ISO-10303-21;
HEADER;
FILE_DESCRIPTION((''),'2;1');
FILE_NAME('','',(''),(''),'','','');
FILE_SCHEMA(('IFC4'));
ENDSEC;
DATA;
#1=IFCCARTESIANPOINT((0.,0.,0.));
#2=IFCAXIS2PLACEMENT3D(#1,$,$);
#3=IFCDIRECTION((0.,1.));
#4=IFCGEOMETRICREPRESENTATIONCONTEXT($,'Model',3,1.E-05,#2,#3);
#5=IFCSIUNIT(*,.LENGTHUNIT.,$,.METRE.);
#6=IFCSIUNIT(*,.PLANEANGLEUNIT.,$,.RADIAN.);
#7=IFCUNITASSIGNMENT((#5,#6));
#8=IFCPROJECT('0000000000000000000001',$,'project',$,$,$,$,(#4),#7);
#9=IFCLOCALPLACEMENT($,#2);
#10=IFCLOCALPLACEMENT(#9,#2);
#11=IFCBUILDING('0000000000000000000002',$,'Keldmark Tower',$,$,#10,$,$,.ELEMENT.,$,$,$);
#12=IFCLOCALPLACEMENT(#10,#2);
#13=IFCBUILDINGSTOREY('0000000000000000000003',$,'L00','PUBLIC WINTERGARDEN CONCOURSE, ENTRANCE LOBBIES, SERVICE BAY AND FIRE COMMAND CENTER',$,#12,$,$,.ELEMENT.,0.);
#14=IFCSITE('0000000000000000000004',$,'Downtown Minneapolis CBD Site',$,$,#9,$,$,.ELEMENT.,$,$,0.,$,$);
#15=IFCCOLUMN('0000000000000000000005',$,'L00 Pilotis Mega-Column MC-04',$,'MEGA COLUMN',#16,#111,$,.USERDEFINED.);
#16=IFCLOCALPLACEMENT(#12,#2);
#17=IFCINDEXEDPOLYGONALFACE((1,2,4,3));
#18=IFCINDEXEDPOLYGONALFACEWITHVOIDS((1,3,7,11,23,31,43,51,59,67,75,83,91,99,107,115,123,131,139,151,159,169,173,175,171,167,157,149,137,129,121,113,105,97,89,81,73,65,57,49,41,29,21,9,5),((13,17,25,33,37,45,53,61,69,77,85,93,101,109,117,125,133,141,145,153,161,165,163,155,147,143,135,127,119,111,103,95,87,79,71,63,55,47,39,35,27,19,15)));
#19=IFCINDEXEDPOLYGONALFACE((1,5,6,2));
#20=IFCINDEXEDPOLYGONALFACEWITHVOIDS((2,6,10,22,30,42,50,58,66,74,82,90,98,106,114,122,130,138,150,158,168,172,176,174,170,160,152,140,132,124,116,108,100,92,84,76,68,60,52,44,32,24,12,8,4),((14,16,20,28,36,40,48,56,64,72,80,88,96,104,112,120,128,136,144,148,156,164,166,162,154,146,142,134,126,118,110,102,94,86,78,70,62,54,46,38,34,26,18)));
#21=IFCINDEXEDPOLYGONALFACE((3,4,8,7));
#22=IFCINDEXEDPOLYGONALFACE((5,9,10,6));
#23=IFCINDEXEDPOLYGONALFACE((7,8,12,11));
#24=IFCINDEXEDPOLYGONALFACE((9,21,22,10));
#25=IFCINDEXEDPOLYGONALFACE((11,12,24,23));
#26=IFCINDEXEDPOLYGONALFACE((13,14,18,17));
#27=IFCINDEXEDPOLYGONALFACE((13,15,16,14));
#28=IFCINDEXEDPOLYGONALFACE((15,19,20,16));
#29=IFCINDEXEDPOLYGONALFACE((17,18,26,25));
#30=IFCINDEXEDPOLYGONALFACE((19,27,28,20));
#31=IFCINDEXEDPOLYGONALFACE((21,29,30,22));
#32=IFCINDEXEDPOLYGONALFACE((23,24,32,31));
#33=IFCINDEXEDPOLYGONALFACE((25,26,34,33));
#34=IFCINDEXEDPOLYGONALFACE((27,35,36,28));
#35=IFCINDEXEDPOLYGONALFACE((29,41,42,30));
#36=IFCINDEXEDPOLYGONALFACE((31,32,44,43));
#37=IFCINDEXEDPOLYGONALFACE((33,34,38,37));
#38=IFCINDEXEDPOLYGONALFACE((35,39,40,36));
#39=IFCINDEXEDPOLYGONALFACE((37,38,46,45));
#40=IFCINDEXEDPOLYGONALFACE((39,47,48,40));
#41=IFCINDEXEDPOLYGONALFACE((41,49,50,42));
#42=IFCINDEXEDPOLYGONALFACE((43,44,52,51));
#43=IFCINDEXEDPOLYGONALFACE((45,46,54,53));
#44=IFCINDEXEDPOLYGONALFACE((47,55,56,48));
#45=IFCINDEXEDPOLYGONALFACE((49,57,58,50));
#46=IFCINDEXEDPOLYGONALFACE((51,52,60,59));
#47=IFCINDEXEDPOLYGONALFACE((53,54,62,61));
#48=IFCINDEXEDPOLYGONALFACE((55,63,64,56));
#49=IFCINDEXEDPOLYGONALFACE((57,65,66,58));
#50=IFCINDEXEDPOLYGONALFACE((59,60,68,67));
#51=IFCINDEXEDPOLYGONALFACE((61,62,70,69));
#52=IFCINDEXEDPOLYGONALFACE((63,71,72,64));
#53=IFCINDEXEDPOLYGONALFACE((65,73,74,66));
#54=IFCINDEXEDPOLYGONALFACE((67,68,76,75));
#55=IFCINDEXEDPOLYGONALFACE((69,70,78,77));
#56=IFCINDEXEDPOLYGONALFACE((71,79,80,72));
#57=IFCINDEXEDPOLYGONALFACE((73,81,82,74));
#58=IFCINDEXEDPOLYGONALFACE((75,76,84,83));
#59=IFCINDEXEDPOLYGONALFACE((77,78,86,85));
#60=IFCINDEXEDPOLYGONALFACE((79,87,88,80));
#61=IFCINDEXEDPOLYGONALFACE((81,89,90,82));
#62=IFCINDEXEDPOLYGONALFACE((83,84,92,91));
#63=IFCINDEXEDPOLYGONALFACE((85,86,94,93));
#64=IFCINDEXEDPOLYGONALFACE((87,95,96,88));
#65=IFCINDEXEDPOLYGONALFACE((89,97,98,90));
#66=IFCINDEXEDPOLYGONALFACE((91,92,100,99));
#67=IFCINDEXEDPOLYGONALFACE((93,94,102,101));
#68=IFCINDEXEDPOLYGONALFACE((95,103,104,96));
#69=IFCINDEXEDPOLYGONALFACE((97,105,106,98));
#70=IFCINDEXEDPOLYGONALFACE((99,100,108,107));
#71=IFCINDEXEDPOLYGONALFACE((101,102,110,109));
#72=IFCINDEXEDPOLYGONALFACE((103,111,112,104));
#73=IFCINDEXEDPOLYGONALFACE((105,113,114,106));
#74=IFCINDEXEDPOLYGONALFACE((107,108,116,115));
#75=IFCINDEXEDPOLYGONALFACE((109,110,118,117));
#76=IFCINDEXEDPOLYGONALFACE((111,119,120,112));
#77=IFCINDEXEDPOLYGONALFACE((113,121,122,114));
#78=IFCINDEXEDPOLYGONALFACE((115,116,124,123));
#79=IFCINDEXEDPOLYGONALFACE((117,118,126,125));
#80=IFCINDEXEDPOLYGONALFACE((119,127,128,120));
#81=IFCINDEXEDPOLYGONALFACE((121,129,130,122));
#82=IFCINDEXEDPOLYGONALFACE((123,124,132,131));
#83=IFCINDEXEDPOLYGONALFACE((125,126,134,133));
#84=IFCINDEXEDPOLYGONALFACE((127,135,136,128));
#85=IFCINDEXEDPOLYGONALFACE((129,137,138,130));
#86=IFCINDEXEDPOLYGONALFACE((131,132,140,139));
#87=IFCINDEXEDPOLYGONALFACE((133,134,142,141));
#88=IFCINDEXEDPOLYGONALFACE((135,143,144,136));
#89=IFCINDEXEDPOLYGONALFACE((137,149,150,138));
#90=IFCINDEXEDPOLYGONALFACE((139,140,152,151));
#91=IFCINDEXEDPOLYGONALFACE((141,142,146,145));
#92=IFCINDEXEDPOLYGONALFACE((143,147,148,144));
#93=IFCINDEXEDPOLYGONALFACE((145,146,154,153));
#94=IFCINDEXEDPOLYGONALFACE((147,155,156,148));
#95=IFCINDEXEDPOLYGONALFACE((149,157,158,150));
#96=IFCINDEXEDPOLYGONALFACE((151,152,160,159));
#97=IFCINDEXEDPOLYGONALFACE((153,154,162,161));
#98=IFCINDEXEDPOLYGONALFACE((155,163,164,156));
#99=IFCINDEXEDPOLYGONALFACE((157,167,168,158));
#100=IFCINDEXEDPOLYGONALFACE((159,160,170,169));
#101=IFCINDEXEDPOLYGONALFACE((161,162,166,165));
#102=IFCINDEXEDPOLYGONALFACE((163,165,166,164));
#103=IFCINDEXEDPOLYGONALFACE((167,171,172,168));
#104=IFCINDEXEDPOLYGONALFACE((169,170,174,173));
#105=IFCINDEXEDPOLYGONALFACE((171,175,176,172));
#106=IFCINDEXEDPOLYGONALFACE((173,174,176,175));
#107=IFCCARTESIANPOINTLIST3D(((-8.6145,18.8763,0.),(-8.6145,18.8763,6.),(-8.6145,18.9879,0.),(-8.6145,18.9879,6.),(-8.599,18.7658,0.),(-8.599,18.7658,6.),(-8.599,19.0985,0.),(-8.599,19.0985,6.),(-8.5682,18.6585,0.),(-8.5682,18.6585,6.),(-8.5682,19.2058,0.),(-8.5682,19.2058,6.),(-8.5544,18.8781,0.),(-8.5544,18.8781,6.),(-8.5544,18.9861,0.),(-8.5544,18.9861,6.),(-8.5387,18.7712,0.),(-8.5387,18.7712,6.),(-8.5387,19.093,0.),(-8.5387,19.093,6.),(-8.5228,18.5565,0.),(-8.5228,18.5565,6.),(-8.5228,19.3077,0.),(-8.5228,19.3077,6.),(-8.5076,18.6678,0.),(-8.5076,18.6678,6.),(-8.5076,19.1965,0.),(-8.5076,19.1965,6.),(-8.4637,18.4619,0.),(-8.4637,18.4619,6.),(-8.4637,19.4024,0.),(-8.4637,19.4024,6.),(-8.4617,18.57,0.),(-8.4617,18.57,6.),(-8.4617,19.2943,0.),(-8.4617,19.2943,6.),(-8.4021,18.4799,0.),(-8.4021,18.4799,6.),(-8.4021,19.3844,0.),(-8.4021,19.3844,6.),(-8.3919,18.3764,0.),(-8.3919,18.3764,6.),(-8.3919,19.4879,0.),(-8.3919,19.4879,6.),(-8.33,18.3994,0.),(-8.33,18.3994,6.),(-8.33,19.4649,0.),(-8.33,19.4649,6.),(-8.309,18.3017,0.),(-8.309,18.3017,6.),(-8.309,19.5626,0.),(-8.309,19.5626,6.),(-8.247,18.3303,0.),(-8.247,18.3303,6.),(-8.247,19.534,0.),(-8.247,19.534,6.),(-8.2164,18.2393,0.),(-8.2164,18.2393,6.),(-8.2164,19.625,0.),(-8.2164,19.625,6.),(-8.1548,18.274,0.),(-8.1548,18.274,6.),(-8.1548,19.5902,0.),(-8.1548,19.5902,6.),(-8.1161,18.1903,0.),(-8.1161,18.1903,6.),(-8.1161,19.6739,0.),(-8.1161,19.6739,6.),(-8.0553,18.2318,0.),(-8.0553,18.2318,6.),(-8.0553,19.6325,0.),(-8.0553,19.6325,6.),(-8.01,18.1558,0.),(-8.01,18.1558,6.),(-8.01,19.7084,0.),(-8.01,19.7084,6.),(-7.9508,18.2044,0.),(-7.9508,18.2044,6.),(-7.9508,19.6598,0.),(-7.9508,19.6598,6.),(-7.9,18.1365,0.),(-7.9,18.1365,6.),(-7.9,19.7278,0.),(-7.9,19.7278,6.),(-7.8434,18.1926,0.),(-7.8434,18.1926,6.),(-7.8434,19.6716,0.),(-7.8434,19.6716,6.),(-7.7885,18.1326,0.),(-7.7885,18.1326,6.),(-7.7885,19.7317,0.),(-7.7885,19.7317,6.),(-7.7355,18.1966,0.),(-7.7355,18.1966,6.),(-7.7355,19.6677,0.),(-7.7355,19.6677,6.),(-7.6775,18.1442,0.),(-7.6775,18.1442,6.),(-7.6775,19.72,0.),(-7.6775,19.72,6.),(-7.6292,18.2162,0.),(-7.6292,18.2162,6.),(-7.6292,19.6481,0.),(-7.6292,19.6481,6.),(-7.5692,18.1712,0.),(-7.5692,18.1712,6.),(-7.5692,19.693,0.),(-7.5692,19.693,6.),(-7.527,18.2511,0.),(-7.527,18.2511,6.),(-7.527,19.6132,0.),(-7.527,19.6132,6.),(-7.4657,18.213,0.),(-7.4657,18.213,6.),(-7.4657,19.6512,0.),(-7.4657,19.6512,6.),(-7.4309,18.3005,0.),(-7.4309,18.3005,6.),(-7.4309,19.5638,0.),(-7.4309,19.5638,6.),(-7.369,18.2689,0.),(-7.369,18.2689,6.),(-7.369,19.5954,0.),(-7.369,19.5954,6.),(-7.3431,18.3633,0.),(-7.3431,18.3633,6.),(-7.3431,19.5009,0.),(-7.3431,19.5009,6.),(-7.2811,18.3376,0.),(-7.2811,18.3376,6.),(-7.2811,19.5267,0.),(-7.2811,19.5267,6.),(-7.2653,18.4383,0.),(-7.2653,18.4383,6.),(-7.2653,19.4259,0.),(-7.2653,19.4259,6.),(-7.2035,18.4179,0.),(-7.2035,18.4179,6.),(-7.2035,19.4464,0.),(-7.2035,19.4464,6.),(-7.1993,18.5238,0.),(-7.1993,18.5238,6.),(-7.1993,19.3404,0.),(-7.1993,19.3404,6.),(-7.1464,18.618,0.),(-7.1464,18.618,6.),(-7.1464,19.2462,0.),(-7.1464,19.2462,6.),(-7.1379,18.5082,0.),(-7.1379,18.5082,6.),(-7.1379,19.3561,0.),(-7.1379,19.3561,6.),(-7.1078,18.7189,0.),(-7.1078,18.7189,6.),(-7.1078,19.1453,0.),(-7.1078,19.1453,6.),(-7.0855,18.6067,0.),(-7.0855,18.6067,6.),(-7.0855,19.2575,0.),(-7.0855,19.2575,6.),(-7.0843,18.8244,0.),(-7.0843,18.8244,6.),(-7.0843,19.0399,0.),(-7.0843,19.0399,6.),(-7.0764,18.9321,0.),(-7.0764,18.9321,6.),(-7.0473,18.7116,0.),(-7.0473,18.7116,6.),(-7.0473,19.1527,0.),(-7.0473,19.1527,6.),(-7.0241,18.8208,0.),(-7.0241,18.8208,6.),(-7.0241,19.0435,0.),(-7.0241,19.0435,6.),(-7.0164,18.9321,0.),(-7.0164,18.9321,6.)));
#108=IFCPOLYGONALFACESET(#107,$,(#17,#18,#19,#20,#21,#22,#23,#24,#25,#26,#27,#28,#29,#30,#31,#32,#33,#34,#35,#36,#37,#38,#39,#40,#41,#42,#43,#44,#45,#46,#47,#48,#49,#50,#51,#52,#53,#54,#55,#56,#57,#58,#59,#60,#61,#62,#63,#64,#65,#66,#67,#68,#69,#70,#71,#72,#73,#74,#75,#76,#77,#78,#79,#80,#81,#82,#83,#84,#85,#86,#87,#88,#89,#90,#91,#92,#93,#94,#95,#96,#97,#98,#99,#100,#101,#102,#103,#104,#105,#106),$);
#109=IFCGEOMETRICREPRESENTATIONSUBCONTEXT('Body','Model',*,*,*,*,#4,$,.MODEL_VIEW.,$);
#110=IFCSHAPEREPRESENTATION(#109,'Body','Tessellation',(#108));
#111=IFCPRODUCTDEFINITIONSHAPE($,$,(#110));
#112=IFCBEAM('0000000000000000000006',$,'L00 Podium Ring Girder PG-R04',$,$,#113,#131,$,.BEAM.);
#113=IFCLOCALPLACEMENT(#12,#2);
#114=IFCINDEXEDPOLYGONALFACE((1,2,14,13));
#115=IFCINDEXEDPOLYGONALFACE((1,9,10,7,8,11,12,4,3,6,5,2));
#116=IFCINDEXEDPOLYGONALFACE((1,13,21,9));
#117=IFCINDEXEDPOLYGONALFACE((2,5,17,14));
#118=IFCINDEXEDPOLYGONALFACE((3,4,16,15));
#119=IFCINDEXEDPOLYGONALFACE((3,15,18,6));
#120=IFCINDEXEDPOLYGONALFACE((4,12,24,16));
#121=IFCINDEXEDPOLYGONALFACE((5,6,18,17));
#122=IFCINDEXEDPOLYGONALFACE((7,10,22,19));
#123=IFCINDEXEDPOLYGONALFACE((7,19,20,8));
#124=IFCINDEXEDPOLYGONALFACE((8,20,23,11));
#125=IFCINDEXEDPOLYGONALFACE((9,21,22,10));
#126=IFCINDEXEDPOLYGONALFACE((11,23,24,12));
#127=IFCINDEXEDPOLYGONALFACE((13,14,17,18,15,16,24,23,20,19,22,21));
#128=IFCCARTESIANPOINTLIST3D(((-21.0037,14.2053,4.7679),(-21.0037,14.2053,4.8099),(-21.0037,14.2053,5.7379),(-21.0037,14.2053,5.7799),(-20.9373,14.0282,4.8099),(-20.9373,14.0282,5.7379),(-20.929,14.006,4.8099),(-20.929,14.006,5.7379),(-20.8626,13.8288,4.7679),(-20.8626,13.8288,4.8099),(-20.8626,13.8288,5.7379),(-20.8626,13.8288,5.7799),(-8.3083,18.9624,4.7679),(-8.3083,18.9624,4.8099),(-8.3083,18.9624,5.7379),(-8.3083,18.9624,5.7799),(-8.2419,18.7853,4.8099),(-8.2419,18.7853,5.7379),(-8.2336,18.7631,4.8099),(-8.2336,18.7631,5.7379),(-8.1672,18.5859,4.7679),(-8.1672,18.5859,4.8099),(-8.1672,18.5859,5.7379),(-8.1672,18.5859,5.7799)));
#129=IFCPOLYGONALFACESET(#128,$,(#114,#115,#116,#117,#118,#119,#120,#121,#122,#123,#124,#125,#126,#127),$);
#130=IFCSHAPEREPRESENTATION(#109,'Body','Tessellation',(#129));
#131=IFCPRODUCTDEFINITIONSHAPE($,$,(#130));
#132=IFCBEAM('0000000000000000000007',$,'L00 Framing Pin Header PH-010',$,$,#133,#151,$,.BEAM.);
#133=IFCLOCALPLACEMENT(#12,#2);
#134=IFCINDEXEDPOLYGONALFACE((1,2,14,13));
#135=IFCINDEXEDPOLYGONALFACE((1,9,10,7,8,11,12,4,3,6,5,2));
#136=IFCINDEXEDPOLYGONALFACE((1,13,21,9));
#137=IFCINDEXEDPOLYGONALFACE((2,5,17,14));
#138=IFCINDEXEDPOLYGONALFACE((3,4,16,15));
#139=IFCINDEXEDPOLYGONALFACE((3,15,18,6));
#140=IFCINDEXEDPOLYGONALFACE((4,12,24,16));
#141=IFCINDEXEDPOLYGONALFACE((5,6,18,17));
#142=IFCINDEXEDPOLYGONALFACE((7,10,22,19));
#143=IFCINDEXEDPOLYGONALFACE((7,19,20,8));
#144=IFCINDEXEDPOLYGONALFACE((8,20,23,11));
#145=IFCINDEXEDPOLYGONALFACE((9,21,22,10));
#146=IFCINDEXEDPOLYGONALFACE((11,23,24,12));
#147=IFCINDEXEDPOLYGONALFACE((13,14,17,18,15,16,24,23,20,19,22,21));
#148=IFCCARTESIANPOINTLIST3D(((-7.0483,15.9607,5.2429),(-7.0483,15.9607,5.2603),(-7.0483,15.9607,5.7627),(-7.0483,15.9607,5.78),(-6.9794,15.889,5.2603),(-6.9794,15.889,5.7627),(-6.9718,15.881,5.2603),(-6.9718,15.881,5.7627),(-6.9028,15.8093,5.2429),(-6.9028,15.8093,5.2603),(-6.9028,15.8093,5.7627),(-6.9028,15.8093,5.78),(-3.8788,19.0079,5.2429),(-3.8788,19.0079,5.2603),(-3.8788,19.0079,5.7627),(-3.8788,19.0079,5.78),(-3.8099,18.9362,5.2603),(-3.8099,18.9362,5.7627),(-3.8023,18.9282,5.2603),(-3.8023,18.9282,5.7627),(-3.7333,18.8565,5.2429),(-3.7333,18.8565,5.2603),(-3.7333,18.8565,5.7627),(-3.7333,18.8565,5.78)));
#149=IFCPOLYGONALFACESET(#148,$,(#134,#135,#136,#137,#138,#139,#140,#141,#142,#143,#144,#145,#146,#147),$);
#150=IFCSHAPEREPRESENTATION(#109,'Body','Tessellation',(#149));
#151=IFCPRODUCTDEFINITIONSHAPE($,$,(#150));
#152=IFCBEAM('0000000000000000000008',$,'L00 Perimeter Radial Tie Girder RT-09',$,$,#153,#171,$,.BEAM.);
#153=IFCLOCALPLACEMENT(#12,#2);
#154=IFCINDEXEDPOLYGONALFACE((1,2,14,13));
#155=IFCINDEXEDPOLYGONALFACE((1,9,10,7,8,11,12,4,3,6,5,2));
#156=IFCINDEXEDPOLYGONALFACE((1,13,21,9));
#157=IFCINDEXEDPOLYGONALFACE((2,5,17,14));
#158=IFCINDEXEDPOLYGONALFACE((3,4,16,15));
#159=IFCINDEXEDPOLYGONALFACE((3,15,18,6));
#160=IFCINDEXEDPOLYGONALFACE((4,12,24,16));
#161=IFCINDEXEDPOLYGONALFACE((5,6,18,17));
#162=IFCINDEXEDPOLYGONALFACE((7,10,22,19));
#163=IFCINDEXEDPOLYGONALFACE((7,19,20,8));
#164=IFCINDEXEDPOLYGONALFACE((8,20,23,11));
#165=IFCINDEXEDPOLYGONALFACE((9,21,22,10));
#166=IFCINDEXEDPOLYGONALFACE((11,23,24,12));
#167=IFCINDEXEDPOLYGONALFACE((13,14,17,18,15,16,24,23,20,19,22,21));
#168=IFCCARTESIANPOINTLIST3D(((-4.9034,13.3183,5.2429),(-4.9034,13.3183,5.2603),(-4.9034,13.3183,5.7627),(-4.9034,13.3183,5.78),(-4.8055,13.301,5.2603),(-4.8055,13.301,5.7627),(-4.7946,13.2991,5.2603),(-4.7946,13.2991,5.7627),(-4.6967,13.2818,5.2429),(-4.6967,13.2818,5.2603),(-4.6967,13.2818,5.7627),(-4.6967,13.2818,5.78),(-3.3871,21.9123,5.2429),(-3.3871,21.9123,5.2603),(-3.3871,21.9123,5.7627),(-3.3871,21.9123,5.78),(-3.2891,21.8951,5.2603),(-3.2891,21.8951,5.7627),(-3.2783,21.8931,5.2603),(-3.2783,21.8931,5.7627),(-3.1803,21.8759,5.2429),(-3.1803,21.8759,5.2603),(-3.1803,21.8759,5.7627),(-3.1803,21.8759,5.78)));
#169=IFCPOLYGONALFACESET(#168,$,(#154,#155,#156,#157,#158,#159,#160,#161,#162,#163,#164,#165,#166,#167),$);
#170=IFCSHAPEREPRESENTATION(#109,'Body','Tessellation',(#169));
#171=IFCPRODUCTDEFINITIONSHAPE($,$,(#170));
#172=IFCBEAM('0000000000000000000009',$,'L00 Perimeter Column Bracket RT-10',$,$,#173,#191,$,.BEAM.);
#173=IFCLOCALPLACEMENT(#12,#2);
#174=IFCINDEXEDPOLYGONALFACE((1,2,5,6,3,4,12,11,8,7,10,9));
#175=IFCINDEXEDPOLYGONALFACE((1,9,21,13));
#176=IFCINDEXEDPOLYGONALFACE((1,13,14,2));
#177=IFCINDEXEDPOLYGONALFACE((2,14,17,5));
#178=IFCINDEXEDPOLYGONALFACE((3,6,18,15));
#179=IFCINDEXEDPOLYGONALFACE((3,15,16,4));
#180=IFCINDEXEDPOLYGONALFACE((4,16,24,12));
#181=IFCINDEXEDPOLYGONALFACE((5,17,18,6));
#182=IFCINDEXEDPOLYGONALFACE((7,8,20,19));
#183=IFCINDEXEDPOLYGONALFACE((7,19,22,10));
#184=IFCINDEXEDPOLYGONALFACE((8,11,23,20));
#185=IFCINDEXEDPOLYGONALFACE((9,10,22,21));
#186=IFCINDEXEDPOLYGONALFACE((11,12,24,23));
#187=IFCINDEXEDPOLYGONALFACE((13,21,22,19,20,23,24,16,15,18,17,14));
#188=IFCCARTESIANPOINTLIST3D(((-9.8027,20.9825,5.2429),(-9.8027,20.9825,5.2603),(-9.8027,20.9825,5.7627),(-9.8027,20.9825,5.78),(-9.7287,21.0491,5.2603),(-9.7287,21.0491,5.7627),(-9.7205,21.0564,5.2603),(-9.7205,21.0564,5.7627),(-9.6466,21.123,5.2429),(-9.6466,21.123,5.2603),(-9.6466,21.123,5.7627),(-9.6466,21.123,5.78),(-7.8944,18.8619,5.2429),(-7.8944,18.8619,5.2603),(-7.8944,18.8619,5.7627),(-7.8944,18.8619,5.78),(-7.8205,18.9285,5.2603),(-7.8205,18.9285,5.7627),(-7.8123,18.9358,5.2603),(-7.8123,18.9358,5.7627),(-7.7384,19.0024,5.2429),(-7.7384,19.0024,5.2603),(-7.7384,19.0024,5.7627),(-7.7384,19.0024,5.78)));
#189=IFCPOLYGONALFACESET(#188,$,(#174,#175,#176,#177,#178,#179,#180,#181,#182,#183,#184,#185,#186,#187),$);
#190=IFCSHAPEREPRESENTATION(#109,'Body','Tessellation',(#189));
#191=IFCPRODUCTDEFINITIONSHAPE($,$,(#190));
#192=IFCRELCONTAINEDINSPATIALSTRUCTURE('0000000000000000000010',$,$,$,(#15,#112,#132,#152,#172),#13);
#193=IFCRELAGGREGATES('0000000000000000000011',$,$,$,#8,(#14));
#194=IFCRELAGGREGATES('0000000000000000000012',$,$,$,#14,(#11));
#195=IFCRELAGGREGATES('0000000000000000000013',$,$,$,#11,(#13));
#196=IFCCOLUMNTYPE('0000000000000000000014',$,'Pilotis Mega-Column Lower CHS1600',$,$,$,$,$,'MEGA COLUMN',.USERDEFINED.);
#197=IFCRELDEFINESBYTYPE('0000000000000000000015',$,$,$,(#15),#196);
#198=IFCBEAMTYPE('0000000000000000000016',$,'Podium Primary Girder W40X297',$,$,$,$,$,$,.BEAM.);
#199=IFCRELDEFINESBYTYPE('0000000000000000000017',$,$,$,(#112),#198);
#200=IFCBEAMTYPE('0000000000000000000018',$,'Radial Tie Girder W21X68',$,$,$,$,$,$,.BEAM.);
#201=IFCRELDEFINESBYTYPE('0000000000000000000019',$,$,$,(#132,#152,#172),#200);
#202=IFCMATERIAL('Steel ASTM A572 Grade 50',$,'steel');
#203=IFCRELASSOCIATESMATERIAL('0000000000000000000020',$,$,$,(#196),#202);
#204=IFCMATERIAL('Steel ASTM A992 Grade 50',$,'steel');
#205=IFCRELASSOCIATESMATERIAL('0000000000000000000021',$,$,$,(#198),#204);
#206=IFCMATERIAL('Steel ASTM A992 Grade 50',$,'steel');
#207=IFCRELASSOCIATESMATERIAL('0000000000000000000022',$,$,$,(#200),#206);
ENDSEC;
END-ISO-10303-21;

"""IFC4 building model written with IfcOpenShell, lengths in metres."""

from ifc_helpers import new_model, si_unit, direction, frame, origin, origin_2d, place, context, subcontext, project, spatial, hollow_circle, i_section, extrude, material, material_profile, profile_set, type_object, element, save


model = new_model("IFC4")

# Units and contexts
model_context = context("Model", 3, precision=1e-05, world=origin(), true_north=direction((0.0, 1.0)))
body_context = subcontext(model_context, "Body", "Model", "MODEL_VIEW")
ifc_project = project(units=[si_unit("LENGTHUNIT", "METRE"), si_unit("PLANEANGLEUNIT", "RADIAN")], contexts=[model_context])

# Site, building, storey
site_placement = place(None, origin())
site = spatial("IfcSite", under=ifc_project, at=site_placement, Name="Downtown Minneapolis CBD Site", CompositionType="ELEMENT", RefElevation=0.0)
building_placement = place(site_placement, origin())
building = spatial("IfcBuilding", under=site, at=building_placement, Name="Keldmark Tower", CompositionType="ELEMENT")
storey_placement = place(building_placement, origin())
storey = spatial("IfcBuildingStorey", under=building, at=storey_placement, Name="L00", Description="PUBLIC WINTERGARDEN CONCOURSE, ENTRANCE LOBBIES, SERVICE BAY AND FIRE COMMAND CENTER", CompositionType="ELEMENT", Elevation=0.0)

# Column
ifc_material_1 = material(Name="Steel ASTM A572 Grade 50", Category="steel")
ifc_material_profile_1 = material_profile(ifc_material_1, hollow_circle(Radius=0.8, WallThickness=0.0601, at=origin_2d()), Name="CHS1600X60")
ifc_profile_set_1 = profile_set([ifc_material_profile_1], Name="Steel ASTM A572 Grade 50")
column_type = type_object("IfcColumnType", Name="Pilotis Mega-Column Lower CHS1600", ElementType="MEGA COLUMN", PredefinedType="USERDEFINED", material=ifc_profile_set_1)
column_placement = place(storey_placement, frame((-7.8164, 18.9321, 0.0), z_axis=(0.0, 0.0, 1.0), x_axis=(1.0, 0.0, 0.0)))
element("IfcColumn", 1, at=column_placement, inside=storey, type_object=column_type, Name="L00 Pilotis Mega-Column MC-04", ObjectType="MEGA COLUMN", PredefinedType="USERDEFINED", context=body_context, shape_type="SweptSolid", body=[
    extrude(hollow_circle(Radius=0.8, WallThickness=0.0601, at=origin_2d()), origin(), (0.0, 0.0, 1.0), 6.0),
])

# Beams
ifc_material_2 = material(Name="Steel ASTM A992 Grade 50", Category="steel")
ifc_material_profile_2 = material_profile(ifc_material_2, i_section(OverallWidth=0.4021, OverallDepth=1.012, WebThickness=0.0237, FlangeThickness=0.042, at=origin_2d()), Name="W40X297")
ifc_profile_set_2 = profile_set([ifc_material_profile_2], Name="Steel ASTM A992 Grade 50")
beam_type_1 = type_object("IfcBeamType", Name="Podium Primary Girder W40X297", PredefinedType="BEAM", material=ifc_profile_set_2)
beam_1_placement = place(storey_placement, frame((-8.2378, 18.7742, 5.2739), z_axis=(-0.936418, -0.350887, 0.0), x_axis=(0.350887, -0.936418, 0.0)))
element("IfcBeam", 2, at=beam_1_placement, inside=storey, type_object=beam_type_1, Name="L00 Podium Ring Girder PG-R04", PredefinedType="BEAM", context=body_context, shape_type="SweptSolid", body=[
    extrude(i_section(OverallWidth=0.4021, OverallDepth=1.012, WebThickness=0.0237, FlangeThickness=0.042, at=origin_2d()), origin(), (0.0, 0.0, 1.0), 13.5574),
])
ifc_material_3 = material(Name="Steel ASTM A992 Grade 50", Category="steel")
ifc_material_profile_3 = material_profile(ifc_material_3, i_section(OverallWidth=0.21, OverallDepth=0.5371, WebThickness=0.011, FlangeThickness=0.0173, at=origin_2d()), Name="W21X68")
ifc_profile_set_3 = profile_set([ifc_material_profile_3], Name="Steel ASTM A992 Grade 50")
beam_type_2 = type_object("IfcBeamType", Name="Radial Tie Girder W21X68", PredefinedType="BEAM", material=ifc_profile_set_3)
beam_2_placement = place(storey_placement, frame((-6.9756, 15.885, 5.5115), z_axis=(0.72088, 0.69306, 0.0), x_axis=(-0.69306, 0.72088, 0.0)))
element("IfcBeam", 3, at=beam_2_placement, inside=storey, type_object=beam_type_2, Name="L00 Framing Pin Header PH-010", PredefinedType="BEAM", context=body_context, shape_type="SweptSolid", body=[
    extrude(i_section(OverallWidth=0.21, OverallDepth=0.5371, WebThickness=0.011, FlangeThickness=0.0173, at=origin_2d()), origin(), (0.0, 0.0, 1.0), 4.3967),
])
beam_3_placement = place(storey_placement, frame((-4.8, 13.3, 5.5115), z_axis=(0.17376, 0.984788, 0.0), x_axis=(-0.984788, 0.17376, 0.0)))
element("IfcBeam", 4, at=beam_3_placement, inside=storey, type_object=beam_type_2, Name="L00 Perimeter Radial Tie Girder RT-09", PredefinedType="BEAM", context=body_context, shape_type="SweptSolid", body=[
    extrude(i_section(OverallWidth=0.21, OverallDepth=0.5371, WebThickness=0.011, FlangeThickness=0.0173, at=origin_2d()), origin(), (0.0, 0.0, 1.0), 8.7268),
])
beam_4_placement = place(storey_placement, frame((-7.8164, 18.9321, 5.5115), z_axis=(-0.668899, 0.743354, 0.0), x_axis=(-0.743354, -0.668899, 0.0)))
element("IfcBeam", 5, at=beam_4_placement, inside=storey, type_object=beam_type_2, Name="L00 Perimeter Column Bracket RT-10", PredefinedType="BEAM", context=body_context, shape_type="SweptSolid", body=[
    extrude(i_section(OverallWidth=0.21, OverallDepth=0.5371, WebThickness=0.011, FlangeThickness=0.0173, at=origin_2d()), origin(), (0.0, 0.0, 1.0), 2.8528),
])

save(model, "model.ifc")
